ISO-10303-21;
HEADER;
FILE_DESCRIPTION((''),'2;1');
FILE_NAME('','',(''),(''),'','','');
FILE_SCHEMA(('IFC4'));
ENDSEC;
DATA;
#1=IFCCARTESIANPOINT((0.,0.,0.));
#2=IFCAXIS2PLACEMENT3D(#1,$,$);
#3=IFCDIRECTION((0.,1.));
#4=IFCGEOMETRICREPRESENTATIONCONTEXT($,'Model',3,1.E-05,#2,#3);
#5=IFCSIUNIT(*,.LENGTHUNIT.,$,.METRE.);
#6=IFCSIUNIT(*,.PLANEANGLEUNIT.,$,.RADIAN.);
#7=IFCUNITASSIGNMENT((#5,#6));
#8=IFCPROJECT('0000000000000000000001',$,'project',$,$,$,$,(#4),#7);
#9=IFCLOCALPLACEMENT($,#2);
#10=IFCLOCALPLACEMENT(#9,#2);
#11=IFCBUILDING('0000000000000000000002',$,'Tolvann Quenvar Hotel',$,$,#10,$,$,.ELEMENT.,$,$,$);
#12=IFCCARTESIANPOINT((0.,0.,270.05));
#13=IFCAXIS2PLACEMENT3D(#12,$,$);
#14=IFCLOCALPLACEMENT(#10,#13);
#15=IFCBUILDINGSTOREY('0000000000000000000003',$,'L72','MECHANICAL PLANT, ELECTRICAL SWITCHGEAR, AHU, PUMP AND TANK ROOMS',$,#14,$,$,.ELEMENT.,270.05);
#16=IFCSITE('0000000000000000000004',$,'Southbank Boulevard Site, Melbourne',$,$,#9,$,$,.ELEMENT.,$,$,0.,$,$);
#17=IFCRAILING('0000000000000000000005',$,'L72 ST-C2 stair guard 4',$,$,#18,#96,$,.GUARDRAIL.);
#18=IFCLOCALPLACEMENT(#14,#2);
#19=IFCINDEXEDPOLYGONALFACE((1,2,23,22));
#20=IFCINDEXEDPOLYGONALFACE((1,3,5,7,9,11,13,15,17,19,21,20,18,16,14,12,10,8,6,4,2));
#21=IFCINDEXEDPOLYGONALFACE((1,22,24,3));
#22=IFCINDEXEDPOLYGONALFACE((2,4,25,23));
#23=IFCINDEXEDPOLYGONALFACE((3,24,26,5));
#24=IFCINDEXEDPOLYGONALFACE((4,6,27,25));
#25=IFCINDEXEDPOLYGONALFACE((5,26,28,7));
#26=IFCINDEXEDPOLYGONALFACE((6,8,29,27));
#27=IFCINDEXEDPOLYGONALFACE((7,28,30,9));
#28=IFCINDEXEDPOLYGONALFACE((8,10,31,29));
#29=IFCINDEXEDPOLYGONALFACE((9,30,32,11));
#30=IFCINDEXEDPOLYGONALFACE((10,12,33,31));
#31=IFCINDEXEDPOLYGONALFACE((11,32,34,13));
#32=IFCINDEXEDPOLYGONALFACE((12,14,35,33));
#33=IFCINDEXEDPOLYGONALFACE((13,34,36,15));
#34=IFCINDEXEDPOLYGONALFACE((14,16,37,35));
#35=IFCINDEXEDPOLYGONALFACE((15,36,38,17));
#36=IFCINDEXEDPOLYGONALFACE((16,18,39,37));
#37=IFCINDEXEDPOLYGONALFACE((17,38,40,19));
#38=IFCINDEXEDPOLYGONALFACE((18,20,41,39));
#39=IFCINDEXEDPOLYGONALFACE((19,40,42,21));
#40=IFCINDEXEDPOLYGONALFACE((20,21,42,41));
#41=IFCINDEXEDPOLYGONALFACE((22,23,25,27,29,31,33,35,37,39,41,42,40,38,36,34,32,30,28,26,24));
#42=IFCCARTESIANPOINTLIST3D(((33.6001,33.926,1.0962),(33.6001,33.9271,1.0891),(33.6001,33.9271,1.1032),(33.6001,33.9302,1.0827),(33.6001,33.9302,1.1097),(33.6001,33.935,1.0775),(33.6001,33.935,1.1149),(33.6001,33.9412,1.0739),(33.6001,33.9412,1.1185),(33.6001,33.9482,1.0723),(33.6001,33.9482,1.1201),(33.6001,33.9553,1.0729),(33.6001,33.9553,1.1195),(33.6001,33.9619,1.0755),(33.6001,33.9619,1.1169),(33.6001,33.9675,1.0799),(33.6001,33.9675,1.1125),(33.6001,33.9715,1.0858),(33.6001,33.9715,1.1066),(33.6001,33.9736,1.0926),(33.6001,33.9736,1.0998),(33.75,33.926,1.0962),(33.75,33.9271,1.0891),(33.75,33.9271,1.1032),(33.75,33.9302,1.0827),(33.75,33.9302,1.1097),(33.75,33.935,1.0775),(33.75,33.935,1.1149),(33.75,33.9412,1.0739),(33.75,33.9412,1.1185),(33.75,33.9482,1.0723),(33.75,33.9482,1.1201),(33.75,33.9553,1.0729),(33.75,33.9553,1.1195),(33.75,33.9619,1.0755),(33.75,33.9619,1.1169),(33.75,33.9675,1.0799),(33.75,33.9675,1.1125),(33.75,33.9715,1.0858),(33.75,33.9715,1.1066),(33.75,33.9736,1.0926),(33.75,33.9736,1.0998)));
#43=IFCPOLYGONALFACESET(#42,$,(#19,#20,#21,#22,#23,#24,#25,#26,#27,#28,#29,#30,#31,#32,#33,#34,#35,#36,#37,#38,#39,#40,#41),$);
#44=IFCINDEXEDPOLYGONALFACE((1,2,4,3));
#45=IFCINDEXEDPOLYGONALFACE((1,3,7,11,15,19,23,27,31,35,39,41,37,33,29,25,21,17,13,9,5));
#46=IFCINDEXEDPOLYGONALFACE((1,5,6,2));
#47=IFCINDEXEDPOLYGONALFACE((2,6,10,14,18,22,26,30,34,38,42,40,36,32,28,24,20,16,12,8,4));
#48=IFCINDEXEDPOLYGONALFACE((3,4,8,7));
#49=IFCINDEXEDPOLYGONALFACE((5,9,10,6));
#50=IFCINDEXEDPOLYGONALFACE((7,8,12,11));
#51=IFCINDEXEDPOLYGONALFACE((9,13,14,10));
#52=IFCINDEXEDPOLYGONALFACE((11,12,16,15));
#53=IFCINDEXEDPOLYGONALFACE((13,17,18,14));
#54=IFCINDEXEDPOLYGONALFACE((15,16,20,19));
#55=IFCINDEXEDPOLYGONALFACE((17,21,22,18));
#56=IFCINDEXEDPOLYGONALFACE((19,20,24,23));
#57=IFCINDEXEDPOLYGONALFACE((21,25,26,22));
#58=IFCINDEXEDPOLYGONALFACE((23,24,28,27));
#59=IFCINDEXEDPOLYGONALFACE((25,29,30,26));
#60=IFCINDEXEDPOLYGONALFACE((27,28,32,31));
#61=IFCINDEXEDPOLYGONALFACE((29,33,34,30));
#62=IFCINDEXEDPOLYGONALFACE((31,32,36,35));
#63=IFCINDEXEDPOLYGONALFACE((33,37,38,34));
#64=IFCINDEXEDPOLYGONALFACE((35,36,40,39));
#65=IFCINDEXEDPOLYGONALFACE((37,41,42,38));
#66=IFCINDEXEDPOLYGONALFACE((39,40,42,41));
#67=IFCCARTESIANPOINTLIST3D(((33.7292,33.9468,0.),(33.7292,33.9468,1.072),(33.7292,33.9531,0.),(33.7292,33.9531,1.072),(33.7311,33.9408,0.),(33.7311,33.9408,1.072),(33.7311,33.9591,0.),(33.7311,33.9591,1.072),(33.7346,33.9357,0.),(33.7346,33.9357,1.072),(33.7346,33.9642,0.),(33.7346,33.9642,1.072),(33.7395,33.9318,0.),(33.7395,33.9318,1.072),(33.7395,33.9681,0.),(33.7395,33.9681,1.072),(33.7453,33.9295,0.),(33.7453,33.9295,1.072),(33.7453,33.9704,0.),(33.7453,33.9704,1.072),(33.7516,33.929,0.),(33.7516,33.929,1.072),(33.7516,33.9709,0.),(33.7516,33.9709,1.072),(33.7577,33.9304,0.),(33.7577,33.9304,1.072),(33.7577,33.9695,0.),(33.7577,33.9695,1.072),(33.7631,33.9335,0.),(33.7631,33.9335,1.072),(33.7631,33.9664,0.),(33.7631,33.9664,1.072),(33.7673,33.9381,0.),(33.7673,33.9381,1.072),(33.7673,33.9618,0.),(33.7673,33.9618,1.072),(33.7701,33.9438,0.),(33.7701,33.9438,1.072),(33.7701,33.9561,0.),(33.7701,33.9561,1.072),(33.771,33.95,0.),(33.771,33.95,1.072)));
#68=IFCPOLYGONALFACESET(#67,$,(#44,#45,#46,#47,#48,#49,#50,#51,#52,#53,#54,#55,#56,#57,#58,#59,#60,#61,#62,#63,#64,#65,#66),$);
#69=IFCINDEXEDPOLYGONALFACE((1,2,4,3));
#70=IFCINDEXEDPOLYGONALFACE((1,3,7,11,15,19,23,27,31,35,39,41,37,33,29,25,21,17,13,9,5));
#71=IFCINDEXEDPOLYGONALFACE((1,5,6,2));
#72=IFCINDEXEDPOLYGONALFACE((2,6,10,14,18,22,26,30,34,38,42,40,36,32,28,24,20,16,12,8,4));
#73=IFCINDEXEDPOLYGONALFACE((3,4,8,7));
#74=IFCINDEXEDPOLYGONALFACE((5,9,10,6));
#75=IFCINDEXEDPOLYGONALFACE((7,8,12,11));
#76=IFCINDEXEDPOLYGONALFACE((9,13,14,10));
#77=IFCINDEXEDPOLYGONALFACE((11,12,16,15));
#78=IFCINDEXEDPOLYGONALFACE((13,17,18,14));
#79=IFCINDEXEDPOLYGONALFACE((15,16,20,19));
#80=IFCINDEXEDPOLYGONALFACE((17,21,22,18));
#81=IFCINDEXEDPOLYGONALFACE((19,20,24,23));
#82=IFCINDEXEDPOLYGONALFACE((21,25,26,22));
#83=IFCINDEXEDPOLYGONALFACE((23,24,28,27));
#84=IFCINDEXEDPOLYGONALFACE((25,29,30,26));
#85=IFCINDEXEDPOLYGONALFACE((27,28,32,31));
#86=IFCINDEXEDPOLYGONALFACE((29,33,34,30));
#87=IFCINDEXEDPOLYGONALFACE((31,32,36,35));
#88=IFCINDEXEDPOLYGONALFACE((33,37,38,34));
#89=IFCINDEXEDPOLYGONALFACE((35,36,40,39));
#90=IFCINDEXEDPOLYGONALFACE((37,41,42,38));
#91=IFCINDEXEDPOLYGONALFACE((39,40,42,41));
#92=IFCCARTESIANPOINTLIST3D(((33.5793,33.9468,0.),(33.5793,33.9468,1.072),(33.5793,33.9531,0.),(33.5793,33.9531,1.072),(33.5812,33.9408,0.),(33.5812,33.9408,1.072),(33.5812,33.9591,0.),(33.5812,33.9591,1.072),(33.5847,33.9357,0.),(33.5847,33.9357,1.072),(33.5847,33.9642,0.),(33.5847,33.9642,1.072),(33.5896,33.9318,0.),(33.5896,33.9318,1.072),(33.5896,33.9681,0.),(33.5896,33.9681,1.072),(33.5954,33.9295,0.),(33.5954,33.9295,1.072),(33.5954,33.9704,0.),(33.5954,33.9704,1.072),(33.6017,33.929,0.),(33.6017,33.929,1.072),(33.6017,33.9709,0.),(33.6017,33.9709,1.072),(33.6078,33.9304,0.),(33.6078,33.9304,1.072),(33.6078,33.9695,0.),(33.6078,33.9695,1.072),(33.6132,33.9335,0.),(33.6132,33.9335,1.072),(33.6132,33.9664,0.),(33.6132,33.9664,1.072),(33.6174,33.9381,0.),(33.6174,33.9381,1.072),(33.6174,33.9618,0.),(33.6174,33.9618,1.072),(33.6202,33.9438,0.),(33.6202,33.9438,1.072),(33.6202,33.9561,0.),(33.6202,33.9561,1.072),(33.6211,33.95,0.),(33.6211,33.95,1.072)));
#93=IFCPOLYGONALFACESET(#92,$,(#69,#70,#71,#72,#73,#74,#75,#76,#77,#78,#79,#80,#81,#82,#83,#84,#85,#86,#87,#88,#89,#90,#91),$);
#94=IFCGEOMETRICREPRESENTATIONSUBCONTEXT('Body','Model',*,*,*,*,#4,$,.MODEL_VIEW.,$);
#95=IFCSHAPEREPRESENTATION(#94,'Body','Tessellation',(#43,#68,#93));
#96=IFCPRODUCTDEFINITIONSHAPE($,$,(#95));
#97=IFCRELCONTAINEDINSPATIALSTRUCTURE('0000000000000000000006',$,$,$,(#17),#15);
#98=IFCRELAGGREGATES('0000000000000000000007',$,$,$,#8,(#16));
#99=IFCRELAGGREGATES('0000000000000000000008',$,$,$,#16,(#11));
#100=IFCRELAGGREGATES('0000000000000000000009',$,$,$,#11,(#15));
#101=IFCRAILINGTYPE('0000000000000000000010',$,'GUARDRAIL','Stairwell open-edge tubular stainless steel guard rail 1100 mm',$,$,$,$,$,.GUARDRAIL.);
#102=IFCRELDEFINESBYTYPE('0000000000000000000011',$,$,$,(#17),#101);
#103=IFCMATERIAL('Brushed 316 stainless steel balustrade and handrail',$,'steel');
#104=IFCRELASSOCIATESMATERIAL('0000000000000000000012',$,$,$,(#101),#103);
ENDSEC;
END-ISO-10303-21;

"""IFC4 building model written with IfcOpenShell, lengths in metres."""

from ifc_helpers import new_model, si_unit, direction, frame, origin, origin_2d, place, context, subcontext, project, spatial, circle, extrude, material, type_object, element, save


model = new_model("IFC4")

# Units and contexts
model_context = context("Model", 3, precision=1e-05, world=origin(), true_north=direction((0.0, 1.0)))
body_context = subcontext(model_context, "Body", "Model", "MODEL_VIEW")
ifc_project = project(units=[si_unit("LENGTHUNIT", "METRE"), si_unit("PLANEANGLEUNIT", "RADIAN")], contexts=[model_context])

# Site, building, storey
site_placement = place(None, origin())
site = spatial("IfcSite", under=ifc_project, at=site_placement, Name="Southbank Boulevard Site, Melbourne", CompositionType="ELEMENT", RefElevation=0.0)
building_placement = place(site_placement, origin())
building = spatial("IfcBuilding", under=site, at=building_placement, Name="Tolvann Quenvar Hotel", CompositionType="ELEMENT")
storey_placement = place(building_placement, frame((0.0, 0.0, 270.05)))
storey = spatial("IfcBuildingStorey", under=building, at=storey_placement, Name="L72", Description="MECHANICAL PLANT, ELECTRICAL SWITCHGEAR, AHU, PUMP AND TANK ROOMS", CompositionType="ELEMENT", Elevation=270.05)

# Railing
ifc_material_1 = material(Name="Brushed 316 stainless steel balustrade and handrail", Category="steel")
railing_type_1 = type_object("IfcRailingType", Name="GUARDRAIL", Description="Stairwell open-edge tubular stainless steel guard rail 1100 mm", PredefinedType="GUARDRAIL", material=ifc_material_1)
railing_1_placement = place(storey_placement, frame((33.75, 33.95, 0.0)))
element("IfcRailing", 1, at=railing_1_placement, inside=storey, type_object=railing_type_1, Name="L72 ST-C2 stair guard 4", PredefinedType="GUARDRAIL", context=body_context, shape_type="SweptSolid", body=[
    extrude(circle(Radius=0.0239, at=origin_2d()), frame((0.0, 0.0, 1.0962), z_axis=(-1.0, 0.0, 0.0), x_axis=(0.0, -1.0, 0.0)), (0.0, 0.0, 1.0), 0.1499),
    extrude(circle(Radius=0.021, at=origin_2d()), origin(), (0.0, 0.0, 1.0), 1.072),
    extrude(circle(Radius=0.021, at=origin_2d()), frame((-0.1499, 0.0, 0.0)), (0.0, 0.0, 1.0), 1.072),
])

save(model, "model.ifc")
